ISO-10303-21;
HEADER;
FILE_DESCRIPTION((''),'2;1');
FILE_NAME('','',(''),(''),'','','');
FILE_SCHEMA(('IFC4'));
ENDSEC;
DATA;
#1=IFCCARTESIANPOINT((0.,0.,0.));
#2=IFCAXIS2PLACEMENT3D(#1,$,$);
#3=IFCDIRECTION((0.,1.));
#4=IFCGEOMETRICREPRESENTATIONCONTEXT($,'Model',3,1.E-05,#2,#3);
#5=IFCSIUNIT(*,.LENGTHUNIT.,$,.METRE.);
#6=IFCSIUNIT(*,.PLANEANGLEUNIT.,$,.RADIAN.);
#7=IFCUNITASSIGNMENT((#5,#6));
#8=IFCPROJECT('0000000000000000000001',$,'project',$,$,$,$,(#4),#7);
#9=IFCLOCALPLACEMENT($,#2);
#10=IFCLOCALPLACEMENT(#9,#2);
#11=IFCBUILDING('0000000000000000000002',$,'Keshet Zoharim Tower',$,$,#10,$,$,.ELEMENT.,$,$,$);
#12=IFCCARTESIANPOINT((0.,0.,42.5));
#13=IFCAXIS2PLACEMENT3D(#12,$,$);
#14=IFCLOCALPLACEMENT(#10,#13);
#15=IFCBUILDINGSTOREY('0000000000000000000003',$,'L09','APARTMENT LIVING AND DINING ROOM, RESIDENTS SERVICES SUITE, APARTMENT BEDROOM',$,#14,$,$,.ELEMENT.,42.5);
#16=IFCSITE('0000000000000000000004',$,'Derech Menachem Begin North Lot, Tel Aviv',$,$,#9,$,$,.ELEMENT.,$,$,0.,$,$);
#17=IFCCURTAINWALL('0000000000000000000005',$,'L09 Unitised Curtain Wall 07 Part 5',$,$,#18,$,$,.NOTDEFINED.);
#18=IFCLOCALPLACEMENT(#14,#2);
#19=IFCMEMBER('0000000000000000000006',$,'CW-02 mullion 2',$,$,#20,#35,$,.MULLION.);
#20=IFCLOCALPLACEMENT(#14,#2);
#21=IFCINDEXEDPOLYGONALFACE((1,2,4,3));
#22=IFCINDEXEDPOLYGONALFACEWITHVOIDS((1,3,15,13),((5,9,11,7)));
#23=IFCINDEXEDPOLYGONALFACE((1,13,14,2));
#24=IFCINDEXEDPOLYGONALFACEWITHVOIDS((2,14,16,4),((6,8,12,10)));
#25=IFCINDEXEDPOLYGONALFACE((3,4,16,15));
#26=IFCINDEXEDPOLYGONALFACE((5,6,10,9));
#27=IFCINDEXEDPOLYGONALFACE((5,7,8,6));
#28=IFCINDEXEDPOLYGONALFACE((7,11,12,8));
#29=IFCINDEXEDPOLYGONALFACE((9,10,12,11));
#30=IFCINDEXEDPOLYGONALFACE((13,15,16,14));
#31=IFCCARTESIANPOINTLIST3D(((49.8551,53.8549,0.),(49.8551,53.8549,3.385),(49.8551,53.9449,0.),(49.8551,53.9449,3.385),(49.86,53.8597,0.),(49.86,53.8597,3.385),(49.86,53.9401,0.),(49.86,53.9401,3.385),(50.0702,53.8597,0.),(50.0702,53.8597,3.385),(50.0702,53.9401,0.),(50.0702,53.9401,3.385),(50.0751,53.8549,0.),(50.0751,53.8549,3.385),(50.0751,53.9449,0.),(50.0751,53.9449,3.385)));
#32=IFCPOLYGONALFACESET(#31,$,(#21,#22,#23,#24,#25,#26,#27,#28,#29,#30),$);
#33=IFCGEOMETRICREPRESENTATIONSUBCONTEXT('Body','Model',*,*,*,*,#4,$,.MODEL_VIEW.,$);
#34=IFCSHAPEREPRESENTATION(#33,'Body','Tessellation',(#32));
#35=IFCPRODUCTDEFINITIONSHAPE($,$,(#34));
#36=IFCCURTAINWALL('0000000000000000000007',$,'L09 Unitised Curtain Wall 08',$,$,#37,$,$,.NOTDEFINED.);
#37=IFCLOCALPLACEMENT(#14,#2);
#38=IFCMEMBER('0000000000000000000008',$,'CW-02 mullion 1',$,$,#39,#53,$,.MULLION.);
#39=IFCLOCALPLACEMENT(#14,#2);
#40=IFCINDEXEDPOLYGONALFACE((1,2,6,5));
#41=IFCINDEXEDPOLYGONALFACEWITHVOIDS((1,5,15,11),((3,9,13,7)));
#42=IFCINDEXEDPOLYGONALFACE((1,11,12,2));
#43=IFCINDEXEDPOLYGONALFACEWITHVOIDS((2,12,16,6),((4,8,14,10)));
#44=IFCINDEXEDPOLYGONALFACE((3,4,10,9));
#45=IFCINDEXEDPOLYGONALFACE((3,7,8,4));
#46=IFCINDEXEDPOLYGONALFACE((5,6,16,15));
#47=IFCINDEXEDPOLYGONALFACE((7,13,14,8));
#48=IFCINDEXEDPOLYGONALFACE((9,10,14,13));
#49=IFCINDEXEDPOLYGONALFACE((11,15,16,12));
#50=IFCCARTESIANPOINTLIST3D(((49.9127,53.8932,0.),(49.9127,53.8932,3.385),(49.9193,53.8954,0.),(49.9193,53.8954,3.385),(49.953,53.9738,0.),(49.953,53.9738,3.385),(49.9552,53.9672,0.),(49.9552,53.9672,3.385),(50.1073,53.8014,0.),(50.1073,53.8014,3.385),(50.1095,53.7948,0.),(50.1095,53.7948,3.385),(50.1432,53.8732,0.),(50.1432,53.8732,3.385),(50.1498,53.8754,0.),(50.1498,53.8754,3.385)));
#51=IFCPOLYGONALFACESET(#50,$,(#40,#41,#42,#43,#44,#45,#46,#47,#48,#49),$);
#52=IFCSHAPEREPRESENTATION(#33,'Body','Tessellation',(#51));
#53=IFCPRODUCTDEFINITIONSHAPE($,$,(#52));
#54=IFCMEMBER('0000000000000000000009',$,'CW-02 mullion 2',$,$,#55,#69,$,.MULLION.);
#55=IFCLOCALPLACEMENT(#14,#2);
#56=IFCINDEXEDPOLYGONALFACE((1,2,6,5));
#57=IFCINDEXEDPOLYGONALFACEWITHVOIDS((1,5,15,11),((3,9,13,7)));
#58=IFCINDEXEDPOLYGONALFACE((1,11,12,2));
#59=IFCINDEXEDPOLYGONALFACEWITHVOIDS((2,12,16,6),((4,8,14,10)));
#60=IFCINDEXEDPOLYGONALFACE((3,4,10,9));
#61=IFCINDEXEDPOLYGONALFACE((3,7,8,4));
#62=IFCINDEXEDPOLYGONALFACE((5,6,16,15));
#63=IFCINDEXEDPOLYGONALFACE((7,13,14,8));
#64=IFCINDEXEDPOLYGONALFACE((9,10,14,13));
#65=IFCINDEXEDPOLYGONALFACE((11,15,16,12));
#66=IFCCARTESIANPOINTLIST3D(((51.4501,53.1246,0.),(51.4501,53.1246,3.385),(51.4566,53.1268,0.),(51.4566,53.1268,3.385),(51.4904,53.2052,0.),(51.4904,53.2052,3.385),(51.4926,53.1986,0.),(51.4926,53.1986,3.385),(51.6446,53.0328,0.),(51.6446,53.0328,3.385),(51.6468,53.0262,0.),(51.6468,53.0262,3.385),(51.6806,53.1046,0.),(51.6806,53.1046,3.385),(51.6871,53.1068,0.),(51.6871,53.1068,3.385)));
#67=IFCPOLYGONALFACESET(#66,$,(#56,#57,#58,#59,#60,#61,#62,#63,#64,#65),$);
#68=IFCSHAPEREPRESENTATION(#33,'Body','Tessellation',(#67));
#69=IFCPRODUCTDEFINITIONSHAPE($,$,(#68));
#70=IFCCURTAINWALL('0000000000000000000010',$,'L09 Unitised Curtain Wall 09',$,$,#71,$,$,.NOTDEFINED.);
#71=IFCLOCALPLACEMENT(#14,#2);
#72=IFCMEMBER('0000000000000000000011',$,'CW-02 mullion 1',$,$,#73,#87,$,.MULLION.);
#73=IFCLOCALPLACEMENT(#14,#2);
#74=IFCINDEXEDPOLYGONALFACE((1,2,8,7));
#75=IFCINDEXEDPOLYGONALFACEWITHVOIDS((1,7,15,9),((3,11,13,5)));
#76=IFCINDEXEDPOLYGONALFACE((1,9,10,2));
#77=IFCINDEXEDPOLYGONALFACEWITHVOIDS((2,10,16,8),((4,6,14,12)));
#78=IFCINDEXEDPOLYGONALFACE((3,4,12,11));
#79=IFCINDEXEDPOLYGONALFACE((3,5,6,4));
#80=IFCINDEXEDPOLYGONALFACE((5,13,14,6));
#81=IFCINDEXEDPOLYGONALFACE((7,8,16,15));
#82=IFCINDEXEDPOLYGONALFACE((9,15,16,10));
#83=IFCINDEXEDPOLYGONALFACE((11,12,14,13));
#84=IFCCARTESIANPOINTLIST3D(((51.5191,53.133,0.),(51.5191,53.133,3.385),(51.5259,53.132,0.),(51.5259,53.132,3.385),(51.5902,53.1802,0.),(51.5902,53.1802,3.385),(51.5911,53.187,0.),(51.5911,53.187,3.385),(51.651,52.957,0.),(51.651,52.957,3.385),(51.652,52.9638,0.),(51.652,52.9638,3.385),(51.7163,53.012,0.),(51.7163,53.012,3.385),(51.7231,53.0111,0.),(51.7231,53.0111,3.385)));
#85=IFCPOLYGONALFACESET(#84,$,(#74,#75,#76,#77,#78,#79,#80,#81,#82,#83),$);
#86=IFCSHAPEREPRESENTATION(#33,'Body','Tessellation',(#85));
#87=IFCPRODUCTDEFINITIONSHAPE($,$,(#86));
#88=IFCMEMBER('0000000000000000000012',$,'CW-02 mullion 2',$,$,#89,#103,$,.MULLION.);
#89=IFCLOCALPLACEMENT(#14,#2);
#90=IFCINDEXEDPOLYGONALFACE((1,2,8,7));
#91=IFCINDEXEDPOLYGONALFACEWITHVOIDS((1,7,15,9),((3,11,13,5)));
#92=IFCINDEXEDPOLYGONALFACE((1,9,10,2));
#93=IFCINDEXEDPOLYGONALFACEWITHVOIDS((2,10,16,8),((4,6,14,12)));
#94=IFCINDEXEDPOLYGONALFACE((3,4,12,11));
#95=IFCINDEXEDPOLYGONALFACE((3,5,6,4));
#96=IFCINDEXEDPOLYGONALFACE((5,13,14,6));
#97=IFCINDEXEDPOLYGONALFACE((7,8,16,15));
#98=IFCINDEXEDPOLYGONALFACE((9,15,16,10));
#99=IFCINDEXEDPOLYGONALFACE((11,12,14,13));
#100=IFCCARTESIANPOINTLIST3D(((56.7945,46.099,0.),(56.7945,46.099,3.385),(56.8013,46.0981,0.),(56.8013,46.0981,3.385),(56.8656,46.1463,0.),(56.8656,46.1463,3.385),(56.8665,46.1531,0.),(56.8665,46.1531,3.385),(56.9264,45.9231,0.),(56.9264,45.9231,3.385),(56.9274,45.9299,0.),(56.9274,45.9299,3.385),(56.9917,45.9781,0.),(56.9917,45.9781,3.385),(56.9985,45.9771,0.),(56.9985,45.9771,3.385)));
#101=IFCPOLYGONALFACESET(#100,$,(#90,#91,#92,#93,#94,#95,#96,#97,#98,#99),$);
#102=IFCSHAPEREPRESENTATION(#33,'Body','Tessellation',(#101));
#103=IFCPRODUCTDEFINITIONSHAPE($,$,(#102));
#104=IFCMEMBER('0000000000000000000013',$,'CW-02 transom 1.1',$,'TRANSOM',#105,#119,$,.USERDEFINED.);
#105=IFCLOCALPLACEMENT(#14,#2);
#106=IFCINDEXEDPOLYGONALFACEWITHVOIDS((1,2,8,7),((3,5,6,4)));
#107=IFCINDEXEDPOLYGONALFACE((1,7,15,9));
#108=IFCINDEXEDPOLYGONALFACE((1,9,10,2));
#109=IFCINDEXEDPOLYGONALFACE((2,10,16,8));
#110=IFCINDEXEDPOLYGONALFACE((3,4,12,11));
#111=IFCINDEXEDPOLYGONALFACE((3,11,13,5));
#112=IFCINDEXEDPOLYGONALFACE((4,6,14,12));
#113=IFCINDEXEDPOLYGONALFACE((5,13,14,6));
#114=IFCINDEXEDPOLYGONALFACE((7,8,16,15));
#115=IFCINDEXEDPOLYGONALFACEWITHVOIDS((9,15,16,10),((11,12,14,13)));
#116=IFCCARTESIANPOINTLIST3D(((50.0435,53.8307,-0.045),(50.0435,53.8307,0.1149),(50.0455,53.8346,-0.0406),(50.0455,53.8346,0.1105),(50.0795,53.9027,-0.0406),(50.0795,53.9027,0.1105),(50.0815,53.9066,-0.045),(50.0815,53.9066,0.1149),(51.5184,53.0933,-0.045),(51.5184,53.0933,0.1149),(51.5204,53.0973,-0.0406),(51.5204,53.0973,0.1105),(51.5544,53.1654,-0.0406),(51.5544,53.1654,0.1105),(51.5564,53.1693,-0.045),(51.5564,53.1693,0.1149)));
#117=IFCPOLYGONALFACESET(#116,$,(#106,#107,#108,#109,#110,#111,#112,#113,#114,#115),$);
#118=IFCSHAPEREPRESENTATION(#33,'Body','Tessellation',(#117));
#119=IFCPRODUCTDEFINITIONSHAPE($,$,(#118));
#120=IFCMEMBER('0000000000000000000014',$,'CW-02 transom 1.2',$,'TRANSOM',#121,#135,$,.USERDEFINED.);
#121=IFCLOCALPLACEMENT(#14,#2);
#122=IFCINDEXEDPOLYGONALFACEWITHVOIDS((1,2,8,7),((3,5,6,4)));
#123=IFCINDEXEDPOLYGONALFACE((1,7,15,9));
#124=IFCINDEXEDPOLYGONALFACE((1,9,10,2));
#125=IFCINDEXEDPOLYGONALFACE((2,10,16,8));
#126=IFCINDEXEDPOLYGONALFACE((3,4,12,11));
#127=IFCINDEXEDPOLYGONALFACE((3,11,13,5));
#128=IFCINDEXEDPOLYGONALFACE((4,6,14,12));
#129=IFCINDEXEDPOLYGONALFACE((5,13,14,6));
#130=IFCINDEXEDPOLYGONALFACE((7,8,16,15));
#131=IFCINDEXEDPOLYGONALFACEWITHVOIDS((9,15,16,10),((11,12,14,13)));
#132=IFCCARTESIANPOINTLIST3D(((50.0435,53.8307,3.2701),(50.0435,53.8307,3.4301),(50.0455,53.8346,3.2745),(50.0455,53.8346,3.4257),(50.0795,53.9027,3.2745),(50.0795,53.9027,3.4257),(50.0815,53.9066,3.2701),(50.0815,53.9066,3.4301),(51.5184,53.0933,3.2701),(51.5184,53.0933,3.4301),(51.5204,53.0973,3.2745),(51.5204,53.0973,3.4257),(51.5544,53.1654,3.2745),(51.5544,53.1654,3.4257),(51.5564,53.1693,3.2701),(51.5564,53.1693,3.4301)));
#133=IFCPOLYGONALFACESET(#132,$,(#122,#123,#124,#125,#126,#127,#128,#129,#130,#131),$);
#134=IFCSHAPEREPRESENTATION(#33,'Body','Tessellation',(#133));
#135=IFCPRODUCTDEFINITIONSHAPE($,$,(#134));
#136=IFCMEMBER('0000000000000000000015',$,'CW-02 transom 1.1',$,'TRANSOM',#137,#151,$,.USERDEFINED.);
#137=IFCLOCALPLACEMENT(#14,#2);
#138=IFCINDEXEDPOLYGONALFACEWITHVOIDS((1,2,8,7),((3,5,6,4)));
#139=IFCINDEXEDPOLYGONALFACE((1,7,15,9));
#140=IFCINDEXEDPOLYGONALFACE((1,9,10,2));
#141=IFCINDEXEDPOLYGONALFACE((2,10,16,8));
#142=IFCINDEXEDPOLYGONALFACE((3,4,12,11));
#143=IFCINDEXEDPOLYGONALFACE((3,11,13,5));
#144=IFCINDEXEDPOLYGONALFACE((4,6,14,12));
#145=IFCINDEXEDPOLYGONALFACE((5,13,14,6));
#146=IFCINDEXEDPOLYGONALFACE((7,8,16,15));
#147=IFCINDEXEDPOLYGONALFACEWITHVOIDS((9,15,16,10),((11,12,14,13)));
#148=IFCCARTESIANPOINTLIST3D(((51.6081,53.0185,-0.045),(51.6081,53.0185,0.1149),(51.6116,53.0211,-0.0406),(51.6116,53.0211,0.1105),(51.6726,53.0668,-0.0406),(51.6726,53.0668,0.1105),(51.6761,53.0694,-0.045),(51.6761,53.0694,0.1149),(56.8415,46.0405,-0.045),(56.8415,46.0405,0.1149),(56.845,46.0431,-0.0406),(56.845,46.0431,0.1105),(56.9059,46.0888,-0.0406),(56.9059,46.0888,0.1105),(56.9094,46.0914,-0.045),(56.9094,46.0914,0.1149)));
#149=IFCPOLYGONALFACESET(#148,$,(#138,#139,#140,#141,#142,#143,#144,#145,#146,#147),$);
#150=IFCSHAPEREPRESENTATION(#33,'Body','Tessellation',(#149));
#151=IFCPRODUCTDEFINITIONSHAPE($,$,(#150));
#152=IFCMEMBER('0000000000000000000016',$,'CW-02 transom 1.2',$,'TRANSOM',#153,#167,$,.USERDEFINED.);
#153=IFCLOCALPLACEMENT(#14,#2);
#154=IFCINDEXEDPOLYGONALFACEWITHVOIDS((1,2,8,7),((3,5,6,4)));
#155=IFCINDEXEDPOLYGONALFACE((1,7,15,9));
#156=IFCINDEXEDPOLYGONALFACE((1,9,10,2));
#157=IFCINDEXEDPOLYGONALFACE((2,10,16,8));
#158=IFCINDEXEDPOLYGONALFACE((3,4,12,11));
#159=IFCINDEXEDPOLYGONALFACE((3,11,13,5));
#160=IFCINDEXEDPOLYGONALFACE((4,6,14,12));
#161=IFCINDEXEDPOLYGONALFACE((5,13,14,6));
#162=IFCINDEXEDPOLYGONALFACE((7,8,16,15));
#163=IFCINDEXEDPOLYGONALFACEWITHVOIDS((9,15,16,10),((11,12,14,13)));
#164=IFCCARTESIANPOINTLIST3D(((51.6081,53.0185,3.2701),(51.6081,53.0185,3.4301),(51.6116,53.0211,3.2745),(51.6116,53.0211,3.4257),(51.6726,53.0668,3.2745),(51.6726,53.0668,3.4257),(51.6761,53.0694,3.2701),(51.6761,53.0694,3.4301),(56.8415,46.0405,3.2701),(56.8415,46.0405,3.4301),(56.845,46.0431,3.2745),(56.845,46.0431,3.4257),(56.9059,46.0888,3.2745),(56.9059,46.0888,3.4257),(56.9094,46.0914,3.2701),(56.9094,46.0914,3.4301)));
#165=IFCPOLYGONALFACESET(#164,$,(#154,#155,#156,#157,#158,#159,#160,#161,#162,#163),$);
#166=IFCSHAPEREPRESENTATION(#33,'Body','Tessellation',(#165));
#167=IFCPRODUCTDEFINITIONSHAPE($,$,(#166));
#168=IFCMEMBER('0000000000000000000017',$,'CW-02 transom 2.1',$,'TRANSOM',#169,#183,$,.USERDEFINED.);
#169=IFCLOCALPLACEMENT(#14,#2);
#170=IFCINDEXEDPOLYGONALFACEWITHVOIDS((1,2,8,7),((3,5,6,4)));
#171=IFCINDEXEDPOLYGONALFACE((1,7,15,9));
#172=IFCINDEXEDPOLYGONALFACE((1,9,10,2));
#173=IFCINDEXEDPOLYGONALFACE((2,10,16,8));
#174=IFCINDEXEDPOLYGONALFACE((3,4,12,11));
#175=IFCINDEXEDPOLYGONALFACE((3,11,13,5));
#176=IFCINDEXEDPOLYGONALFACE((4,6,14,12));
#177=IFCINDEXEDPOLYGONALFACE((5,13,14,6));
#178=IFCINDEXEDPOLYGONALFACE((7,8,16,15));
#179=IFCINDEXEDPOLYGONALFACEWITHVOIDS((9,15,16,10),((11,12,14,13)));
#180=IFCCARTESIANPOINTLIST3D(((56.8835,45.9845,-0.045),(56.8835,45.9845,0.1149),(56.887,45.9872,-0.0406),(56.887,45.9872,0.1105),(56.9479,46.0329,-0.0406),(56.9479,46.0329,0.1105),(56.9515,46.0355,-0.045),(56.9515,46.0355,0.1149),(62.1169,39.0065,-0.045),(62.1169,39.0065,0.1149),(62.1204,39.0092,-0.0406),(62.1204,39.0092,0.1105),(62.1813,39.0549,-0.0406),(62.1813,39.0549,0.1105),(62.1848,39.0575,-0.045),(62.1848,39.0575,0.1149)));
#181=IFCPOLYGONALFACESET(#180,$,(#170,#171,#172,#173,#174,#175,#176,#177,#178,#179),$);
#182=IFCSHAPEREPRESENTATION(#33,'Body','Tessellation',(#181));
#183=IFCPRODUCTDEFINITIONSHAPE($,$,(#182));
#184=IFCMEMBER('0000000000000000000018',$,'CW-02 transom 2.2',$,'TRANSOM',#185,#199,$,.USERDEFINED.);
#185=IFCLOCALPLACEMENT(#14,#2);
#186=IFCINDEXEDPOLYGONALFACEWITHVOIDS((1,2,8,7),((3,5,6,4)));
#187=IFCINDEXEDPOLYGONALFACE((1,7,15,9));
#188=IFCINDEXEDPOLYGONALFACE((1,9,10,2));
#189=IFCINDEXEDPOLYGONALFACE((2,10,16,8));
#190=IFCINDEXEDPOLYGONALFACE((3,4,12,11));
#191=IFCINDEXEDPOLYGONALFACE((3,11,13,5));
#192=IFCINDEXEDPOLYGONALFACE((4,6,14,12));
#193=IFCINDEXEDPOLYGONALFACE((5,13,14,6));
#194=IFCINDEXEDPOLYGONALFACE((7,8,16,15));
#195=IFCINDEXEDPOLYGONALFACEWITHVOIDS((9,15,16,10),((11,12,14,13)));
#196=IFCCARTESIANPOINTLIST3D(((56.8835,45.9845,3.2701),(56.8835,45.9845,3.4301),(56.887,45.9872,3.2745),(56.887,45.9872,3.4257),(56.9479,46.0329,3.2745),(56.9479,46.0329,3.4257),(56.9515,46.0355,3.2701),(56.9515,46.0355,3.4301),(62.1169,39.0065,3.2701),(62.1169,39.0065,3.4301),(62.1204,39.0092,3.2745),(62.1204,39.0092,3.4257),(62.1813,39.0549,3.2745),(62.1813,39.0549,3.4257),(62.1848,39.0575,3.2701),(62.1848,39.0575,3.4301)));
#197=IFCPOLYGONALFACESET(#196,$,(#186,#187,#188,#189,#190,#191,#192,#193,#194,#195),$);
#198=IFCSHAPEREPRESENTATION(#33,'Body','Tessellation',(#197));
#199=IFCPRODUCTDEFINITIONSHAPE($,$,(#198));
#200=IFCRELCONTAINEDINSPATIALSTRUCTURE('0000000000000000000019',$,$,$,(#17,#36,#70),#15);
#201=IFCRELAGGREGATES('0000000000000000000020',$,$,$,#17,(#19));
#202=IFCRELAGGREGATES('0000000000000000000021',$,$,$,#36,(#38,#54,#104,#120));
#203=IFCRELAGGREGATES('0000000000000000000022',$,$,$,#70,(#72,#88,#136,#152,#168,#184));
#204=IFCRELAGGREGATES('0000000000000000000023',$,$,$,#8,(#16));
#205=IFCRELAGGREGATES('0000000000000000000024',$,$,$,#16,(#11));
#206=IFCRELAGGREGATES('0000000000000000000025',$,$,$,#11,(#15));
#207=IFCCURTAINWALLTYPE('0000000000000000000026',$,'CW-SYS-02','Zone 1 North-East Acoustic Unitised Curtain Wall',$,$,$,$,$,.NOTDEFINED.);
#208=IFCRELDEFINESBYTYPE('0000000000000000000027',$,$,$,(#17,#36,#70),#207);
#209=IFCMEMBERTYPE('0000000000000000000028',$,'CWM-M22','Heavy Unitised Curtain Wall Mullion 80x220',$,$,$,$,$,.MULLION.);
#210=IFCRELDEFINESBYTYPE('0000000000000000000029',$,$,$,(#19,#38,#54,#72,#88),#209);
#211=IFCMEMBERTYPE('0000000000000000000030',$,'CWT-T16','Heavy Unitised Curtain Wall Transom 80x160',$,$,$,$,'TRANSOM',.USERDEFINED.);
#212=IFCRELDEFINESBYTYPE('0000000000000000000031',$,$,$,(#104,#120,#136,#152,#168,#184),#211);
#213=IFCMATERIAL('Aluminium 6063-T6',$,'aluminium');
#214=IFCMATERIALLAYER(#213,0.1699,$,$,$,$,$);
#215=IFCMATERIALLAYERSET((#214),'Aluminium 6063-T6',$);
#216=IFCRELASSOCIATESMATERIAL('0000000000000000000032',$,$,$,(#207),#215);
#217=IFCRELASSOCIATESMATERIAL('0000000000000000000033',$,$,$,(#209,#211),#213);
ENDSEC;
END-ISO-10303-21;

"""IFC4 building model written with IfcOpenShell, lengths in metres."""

from ifc_helpers import new_model, si_unit, direction, frame, origin, origin_2d, place, context, subcontext, project, spatial, hollow_rectangle, extrude, material, layer, layer_set, material_profile, profile_set, type_object, element, aggregate, save


model = new_model("IFC4")

# Units and contexts
model_context = context("Model", 3, precision=1e-05, world=origin(), true_north=direction((0.0, 1.0)))
body_context = subcontext(model_context, "Body", "Model", "MODEL_VIEW")
ifc_project = project(units=[si_unit("LENGTHUNIT", "METRE"), si_unit("PLANEANGLEUNIT", "RADIAN")], contexts=[model_context])

# Site, building, storey
site_placement = place(None, origin())
site = spatial("IfcSite", under=ifc_project, at=site_placement, Name="Derech Menachem Begin North Lot, Tel Aviv", CompositionType="ELEMENT", RefElevation=0.0)
building_placement = place(site_placement, origin())
building = spatial("IfcBuilding", under=site, at=building_placement, Name="Keshet Zoharim Tower", CompositionType="ELEMENT")
storey_placement = place(building_placement, frame((0.0, 0.0, 42.5)))
storey = spatial("IfcBuildingStorey", under=building, at=storey_placement, Name="L09", Description="APARTMENT LIVING AND DINING ROOM, RESIDENTS SERVICES SUITE, APARTMENT BEDROOM", CompositionType="ELEMENT", Elevation=42.5)

# Curtain wall, member
ifc_material_1 = material(Name="Aluminium 6063-T6", Category="aluminium")
ifc_layer_1 = layer(ifc_material_1, 0.1699)
ifc_layer_set_1 = layer_set([ifc_layer_1], Name="Aluminium 6063-T6")
curtain_wall_type = type_object("IfcCurtainWallType", Name="CW-SYS-02", Description="Zone 1 North-East Acoustic Unitised Curtain Wall", PredefinedType="NOTDEFINED", material=ifc_layer_set_1)
curtain_wall_1_placement = place(storey_placement, origin())
curtain_wall_1 = element("IfcCurtainWall", 1, at=curtain_wall_1_placement, inside=storey, type_object=curtain_wall_type, Name="L09 Unitised Curtain Wall 07 Part 5", PredefinedType="NOTDEFINED")
ifc_material_profile_1 = material_profile(ifc_material_1, hollow_rectangle(XDim=0.0901, YDim=0.22, WallThickness=0.0049, at=origin_2d()), Name="MUL-90x220")
ifc_profile_set_1 = profile_set([ifc_material_profile_1], Name="Aluminium 6063-T6")
member_type_1 = type_object("IfcMemberType", Name="CWM-M22", Description="Heavy Unitised Curtain Wall Mullion 80x220", PredefinedType="MULLION", material=ifc_profile_set_1)
member_1_placement = place(storey_placement, frame((49.9651, 53.8999, 0.0), z_axis=(0.0, 0.0, 1.0), x_axis=(0.0, 1.0, 0.0)))
member_1 = element("IfcMember", 2, at=member_1_placement, type_object=member_type_1, Name="CW-02 mullion 2", PredefinedType="MULLION", context=body_context, shape_type="SweptSolid", body=[
    extrude(hollow_rectangle(XDim=0.0901, YDim=0.22, WallThickness=0.0049, at=origin_2d()), origin(), (0.0, 0.0, 1.0), 3.385),
])
aggregate(curtain_wall_1, [member_1])

# Curtain walls, members
curtain_wall_2_placement = place(storey_placement, origin())
curtain_wall_2 = element("IfcCurtainWall", 3, at=curtain_wall_2_placement, inside=storey, type_object=curtain_wall_type, Name="L09 Unitised Curtain Wall 08", PredefinedType="NOTDEFINED")
member_2_placement = place(storey_placement, frame((50.0312, 53.8843, 0.0), z_axis=(0.0, 0.0, 1.0), x_axis=(0.447214, 0.894427, 0.0)))
member_2 = element("IfcMember", 4, at=member_2_placement, type_object=member_type_1, Name="CW-02 mullion 1", PredefinedType="MULLION", context=body_context, shape_type="SweptSolid", body=[
    extrude(hollow_rectangle(XDim=0.0901, YDim=0.22, WallThickness=0.0049, at=origin_2d()), origin(), (0.0, 0.0, 1.0), 3.385),
])
member_3_placement = place(storey_placement, frame((51.5686, 53.1157, 0.0), z_axis=(0.0, 0.0, 1.0), x_axis=(0.447214, 0.894427, 0.0)))
member_3 = element("IfcMember", 5, at=member_3_placement, type_object=member_type_1, Name="CW-02 mullion 2", PredefinedType="MULLION", context=body_context, shape_type="SweptSolid", body=[
    extrude(hollow_rectangle(XDim=0.0901, YDim=0.22, WallThickness=0.0049, at=origin_2d()), origin(), (0.0, 0.0, 1.0), 3.385),
])
curtain_wall_3_placement = place(storey_placement, origin())
curtain_wall_3 = element("IfcCurtainWall", 6, at=curtain_wall_3_placement, inside=storey, type_object=curtain_wall_type, Name="L09 Unitised Curtain Wall 09", PredefinedType="NOTDEFINED")
member_4_placement = place(storey_placement, frame((51.6211, 53.072, 0.0), z_axis=(0.0, 0.0, 1.0), x_axis=(0.8, 0.6, 0.0)))
member_4 = element("IfcMember", 7, at=member_4_placement, type_object=member_type_1, Name="CW-02 mullion 1", PredefinedType="MULLION", context=body_context, shape_type="SweptSolid", body=[
    extrude(hollow_rectangle(XDim=0.0901, YDim=0.22, WallThickness=0.0049, at=origin_2d()), origin(), (0.0, 0.0, 1.0), 3.385),
])
member_5_placement = place(storey_placement, frame((56.8965, 46.0381, 0.0), z_axis=(0.0, 0.0, 1.0), x_axis=(0.8, 0.6, 0.0)))
member_5 = element("IfcMember", 8, at=member_5_placement, type_object=member_type_1, Name="CW-02 mullion 2", PredefinedType="MULLION", context=body_context, shape_type="SweptSolid", body=[
    extrude(hollow_rectangle(XDim=0.0901, YDim=0.22, WallThickness=0.0049, at=origin_2d()), origin(), (0.0, 0.0, 1.0), 3.385),
])

# Members
ifc_material_profile_2 = material_profile(ifc_material_1, hollow_rectangle(XDim=0.085, YDim=0.1599, WallThickness=0.0044, at=origin_2d()), Name="TRN-85x160")
ifc_profile_set_2 = profile_set([ifc_material_profile_2], Name="Aluminium 6063-T6")
member_type_2 = type_object("IfcMemberType", Name="CWT-T16", Description="Heavy Unitised Curtain Wall Transom 80x160", ElementType="TRANSOM", PredefinedType="USERDEFINED", material=ifc_profile_set_2)
member_6_placement = place(storey_placement, frame((50.0625, 53.8687, 0.0349), z_axis=(0.894457, -0.447154, 0.0), x_axis=(0.447154, 0.894457, 0.0)))
member_6 = element("IfcMember", 9, at=member_6_placement, type_object=member_type_2, Name="CW-02 transom 1.1", ObjectType="TRANSOM", PredefinedType="USERDEFINED", context=body_context, shape_type="SweptSolid", body=[
    extrude(hollow_rectangle(XDim=0.085, YDim=0.1599, WallThickness=0.0044, at=origin_2d()), origin(), (0.0, 0.0, 1.0), 1.6489),
])
member_7_placement = place(storey_placement, frame((50.0625, 53.8687, 3.3501), z_axis=(0.894457, -0.447154, 0.0), x_axis=(0.447154, 0.894457, 0.0)))
member_7 = element("IfcMember", 10, at=member_7_placement, type_object=member_type_2, Name="CW-02 transom 1.2", ObjectType="TRANSOM", PredefinedType="USERDEFINED", context=body_context, shape_type="SweptSolid", body=[
    extrude(hollow_rectangle(XDim=0.085, YDim=0.1599, WallThickness=0.0044, at=origin_2d()), origin(), (0.0, 0.0, 1.0), 1.6489),
])
member_8_placement = place(storey_placement, frame((51.6421, 53.0439, 0.0349), z_axis=(0.599991, -0.800007, 0.0), x_axis=(0.800007, 0.599991, 0.0)))
member_8 = element("IfcMember", 11, at=member_8_placement, type_object=member_type_2, Name="CW-02 transom 1.1", ObjectType="TRANSOM", PredefinedType="USERDEFINED", context=body_context, shape_type="SweptSolid", body=[
    extrude(hollow_rectangle(XDim=0.085, YDim=0.1599, WallThickness=0.0044, at=origin_2d()), origin(), (0.0, 0.0, 1.0), 8.7224),
])
member_9_placement = place(storey_placement, frame((51.6421, 53.0439, 3.3501), z_axis=(0.599991, -0.800007, 0.0), x_axis=(0.800007, 0.599991, 0.0)))
member_9 = element("IfcMember", 12, at=member_9_placement, type_object=member_type_2, Name="CW-02 transom 1.2", ObjectType="TRANSOM", PredefinedType="USERDEFINED", context=body_context, shape_type="SweptSolid", body=[
    extrude(hollow_rectangle(XDim=0.085, YDim=0.1599, WallThickness=0.0044, at=origin_2d()), origin(), (0.0, 0.0, 1.0), 8.7224),
])
member_10_placement = place(storey_placement, frame((56.9175, 46.01, 0.0349), z_axis=(0.599991, -0.800007, 0.0), x_axis=(0.800007, 0.599991, 0.0)))
member_10 = element("IfcMember", 13, at=member_10_placement, type_object=member_type_2, Name="CW-02 transom 2.1", ObjectType="TRANSOM", PredefinedType="USERDEFINED", context=body_context, shape_type="SweptSolid", body=[
    extrude(hollow_rectangle(XDim=0.085, YDim=0.1599, WallThickness=0.0044, at=origin_2d()), origin(), (0.0, 0.0, 1.0), 8.7224),
])
member_11_placement = place(storey_placement, frame((56.9175, 46.01, 3.3501), z_axis=(0.599991, -0.800007, 0.0), x_axis=(0.800007, 0.599991, 0.0)))
member_11 = element("IfcMember", 14, at=member_11_placement, type_object=member_type_2, Name="CW-02 transom 2.2", ObjectType="TRANSOM", PredefinedType="USERDEFINED", context=body_context, shape_type="SweptSolid", body=[
    extrude(hollow_rectangle(XDim=0.085, YDim=0.1599, WallThickness=0.0044, at=origin_2d()), origin(), (0.0, 0.0, 1.0), 8.7224),
])

aggregate(curtain_wall_2, [member_2, member_3, member_6, member_7])
aggregate(curtain_wall_3, [member_4, member_5, member_8, member_9, member_10, member_11])

save(model, "model.ifc")
